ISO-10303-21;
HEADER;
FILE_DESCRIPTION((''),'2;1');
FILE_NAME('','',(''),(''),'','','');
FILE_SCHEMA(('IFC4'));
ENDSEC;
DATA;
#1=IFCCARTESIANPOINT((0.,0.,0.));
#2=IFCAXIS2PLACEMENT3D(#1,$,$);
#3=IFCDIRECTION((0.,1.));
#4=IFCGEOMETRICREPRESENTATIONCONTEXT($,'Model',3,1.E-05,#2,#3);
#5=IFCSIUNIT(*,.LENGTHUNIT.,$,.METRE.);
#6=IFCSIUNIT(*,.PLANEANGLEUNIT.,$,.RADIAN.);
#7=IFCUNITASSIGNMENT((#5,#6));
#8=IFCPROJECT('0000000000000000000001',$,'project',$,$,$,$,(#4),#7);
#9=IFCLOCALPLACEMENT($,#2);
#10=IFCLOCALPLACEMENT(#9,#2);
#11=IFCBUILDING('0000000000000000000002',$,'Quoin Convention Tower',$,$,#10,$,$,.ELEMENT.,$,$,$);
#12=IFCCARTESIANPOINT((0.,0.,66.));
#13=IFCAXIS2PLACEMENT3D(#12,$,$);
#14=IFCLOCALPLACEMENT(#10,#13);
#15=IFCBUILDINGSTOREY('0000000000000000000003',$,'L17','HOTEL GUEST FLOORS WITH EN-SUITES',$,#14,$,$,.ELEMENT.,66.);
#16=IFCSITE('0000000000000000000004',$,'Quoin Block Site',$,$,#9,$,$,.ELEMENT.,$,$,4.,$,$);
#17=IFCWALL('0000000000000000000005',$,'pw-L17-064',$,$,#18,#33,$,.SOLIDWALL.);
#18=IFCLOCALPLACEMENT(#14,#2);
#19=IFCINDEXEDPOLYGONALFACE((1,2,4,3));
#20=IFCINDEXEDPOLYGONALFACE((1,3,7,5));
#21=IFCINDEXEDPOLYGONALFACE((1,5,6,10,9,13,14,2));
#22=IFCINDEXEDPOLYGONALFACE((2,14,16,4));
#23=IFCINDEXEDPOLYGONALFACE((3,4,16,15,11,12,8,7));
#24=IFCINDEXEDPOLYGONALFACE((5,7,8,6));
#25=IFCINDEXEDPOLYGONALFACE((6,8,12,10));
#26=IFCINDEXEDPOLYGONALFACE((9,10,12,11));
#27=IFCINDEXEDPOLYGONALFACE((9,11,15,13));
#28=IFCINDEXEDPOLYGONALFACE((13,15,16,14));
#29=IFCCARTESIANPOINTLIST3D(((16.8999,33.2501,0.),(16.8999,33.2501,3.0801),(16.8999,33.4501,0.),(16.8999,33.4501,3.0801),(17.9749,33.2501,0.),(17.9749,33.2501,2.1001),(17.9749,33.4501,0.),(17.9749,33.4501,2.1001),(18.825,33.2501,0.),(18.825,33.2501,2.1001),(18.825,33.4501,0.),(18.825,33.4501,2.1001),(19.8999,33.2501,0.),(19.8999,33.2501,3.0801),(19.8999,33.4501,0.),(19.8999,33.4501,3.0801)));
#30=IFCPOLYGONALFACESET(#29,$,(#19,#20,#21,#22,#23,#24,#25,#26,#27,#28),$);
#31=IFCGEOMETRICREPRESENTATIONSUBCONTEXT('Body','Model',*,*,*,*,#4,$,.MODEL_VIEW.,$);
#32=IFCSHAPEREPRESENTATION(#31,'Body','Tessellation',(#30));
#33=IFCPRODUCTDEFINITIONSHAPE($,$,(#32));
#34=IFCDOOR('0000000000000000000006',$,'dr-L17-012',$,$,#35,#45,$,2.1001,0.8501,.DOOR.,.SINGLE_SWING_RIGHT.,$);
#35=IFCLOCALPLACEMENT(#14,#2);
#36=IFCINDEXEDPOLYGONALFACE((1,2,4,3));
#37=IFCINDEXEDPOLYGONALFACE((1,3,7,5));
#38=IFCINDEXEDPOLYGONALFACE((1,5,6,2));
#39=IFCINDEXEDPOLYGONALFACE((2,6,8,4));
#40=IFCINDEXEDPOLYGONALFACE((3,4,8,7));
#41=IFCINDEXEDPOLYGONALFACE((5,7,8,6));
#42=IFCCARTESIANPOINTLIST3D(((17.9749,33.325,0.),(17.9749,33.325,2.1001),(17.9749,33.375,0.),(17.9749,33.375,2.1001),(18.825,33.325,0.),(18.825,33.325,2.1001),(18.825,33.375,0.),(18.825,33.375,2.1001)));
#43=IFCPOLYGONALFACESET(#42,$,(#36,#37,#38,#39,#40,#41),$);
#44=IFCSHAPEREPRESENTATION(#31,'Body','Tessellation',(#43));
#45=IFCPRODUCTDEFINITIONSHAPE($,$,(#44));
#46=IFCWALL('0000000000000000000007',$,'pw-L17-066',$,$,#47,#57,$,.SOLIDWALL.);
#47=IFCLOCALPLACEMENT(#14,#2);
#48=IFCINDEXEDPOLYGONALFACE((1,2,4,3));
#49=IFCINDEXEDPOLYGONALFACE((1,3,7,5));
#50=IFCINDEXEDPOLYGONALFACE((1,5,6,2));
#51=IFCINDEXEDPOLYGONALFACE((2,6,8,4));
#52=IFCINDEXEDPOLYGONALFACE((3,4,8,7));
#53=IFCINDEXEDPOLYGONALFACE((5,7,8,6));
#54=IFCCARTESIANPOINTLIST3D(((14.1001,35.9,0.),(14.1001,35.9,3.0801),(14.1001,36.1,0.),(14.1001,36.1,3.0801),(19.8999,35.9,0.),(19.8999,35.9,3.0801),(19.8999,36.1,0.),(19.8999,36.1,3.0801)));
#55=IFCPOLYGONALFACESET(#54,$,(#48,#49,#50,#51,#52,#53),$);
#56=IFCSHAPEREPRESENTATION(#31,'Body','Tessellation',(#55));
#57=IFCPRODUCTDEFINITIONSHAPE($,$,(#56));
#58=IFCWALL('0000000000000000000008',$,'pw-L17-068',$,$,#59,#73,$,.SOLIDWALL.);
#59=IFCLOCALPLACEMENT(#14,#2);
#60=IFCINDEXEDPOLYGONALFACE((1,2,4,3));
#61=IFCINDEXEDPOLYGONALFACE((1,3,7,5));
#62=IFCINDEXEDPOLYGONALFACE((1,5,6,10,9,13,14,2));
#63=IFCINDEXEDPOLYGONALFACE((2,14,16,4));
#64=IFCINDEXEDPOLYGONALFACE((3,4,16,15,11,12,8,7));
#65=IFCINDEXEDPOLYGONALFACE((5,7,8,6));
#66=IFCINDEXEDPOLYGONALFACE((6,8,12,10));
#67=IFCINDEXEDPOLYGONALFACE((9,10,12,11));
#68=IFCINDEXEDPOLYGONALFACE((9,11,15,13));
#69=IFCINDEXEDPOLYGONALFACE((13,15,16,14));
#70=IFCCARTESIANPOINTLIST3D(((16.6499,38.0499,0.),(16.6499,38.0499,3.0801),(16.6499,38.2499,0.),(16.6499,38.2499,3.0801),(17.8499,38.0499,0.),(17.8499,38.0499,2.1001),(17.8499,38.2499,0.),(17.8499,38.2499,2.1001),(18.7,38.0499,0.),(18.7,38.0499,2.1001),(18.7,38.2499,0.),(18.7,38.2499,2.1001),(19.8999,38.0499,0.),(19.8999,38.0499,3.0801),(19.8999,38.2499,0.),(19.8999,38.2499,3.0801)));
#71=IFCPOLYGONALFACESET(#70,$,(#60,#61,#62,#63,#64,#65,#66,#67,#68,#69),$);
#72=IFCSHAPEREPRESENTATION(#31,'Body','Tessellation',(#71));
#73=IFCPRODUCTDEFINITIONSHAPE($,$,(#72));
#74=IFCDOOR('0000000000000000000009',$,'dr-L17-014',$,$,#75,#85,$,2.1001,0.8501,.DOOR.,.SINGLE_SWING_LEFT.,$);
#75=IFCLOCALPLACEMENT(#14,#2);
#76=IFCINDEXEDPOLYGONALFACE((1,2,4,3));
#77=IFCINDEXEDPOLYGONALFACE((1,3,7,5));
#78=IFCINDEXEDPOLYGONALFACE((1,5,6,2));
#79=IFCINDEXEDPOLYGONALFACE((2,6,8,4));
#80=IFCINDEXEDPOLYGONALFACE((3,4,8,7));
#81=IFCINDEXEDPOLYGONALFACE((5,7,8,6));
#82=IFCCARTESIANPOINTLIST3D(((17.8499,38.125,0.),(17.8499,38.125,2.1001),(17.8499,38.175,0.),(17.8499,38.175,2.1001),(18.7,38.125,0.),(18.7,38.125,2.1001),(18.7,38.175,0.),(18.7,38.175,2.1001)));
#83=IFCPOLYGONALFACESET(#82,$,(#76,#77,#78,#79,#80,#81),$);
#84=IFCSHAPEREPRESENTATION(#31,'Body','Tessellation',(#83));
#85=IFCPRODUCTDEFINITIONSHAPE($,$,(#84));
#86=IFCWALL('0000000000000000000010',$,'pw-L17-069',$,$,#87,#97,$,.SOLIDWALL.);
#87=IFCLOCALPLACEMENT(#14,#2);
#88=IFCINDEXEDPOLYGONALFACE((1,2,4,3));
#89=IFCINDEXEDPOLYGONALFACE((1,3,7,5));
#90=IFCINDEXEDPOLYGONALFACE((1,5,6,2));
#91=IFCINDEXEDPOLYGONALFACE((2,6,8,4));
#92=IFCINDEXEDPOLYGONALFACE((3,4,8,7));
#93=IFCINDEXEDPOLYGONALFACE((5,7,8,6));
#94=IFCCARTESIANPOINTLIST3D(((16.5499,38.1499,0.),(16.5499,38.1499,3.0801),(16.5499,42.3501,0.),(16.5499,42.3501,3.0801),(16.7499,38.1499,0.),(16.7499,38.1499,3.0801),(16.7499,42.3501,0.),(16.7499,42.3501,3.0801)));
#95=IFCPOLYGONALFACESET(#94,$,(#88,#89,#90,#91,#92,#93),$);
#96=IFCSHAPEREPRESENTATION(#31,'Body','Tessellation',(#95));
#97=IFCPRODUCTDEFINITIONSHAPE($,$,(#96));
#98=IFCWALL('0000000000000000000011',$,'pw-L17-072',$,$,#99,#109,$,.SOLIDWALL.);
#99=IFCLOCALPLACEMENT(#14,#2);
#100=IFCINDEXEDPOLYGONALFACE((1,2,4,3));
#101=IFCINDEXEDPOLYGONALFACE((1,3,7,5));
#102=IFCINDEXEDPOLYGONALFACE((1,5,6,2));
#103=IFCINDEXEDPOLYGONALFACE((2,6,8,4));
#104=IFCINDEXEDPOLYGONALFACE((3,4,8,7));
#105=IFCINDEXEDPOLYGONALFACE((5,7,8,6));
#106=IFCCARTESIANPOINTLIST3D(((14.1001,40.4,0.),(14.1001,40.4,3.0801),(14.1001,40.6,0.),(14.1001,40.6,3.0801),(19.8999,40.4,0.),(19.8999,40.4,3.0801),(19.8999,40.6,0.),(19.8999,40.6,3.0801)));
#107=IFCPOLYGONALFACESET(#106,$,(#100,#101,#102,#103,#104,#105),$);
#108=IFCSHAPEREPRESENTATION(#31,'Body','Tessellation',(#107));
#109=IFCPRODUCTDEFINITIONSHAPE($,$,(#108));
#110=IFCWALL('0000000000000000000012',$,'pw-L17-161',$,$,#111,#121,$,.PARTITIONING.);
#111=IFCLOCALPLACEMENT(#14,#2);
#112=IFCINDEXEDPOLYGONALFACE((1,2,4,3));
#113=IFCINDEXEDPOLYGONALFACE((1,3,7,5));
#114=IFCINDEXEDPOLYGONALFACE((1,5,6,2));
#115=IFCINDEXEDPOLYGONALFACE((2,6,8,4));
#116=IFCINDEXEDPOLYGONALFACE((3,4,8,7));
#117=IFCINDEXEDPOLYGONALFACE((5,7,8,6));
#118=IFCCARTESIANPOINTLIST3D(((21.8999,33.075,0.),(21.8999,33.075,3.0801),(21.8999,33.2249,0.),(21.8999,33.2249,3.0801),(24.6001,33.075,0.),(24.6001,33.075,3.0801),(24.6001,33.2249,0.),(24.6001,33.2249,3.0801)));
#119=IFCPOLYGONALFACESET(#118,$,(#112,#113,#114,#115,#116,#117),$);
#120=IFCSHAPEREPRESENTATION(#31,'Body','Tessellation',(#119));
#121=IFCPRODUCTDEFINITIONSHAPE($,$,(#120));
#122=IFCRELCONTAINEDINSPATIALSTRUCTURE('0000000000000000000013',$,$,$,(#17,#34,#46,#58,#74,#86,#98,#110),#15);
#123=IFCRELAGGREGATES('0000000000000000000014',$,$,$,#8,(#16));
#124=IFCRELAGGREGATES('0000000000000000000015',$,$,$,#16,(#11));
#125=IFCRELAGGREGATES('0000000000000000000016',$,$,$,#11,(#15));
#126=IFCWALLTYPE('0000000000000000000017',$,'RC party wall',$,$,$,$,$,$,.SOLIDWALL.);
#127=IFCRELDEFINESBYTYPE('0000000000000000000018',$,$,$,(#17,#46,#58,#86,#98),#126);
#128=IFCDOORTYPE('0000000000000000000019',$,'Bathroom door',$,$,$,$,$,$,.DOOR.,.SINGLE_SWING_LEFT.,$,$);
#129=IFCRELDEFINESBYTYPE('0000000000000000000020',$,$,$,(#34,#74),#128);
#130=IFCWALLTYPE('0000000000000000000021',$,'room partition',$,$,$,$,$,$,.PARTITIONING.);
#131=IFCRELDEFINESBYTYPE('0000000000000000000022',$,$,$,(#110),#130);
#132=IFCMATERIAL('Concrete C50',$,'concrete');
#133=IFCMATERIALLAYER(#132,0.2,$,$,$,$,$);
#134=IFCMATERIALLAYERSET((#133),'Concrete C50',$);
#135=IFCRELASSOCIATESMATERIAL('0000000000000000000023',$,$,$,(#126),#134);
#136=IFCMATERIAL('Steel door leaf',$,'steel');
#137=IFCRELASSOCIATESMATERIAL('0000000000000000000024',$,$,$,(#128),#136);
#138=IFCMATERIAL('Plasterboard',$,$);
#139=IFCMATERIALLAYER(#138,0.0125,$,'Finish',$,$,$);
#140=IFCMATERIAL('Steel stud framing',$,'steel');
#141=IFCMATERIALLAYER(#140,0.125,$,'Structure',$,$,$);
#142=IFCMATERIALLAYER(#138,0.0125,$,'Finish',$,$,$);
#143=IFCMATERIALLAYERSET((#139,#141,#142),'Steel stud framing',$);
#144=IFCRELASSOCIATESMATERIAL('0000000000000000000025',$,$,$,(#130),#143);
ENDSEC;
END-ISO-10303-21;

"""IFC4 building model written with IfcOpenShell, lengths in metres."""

from ifc_helpers import new_model, si_unit, direction, frame, frame_2d, origin, place, context, subcontext, project, spatial, rectangle, extrude, material, layer, layer_set, type_object, element, fill, save


model = new_model("IFC4")

# Units and contexts
model_context = context("Model", 3, precision=1e-05, world=origin(), true_north=direction((0.0, 1.0)))
body_context = subcontext(model_context, "Body", "Model", "MODEL_VIEW")
ifc_project = project(units=[si_unit("LENGTHUNIT", "METRE"), si_unit("PLANEANGLEUNIT", "RADIAN")], contexts=[model_context])

# Site, building, storey
site_placement = place(None, origin())
site = spatial("IfcSite", under=ifc_project, at=site_placement, Name="Quoin Block Site", CompositionType="ELEMENT", RefElevation=4.0)
building_placement = place(site_placement, origin())
building = spatial("IfcBuilding", under=site, at=building_placement, Name="Quoin Convention Tower", CompositionType="ELEMENT")
storey_placement = place(building_placement, frame((0.0, 0.0, 66.0)))
storey = spatial("IfcBuildingStorey", under=building, at=storey_placement, Name="L17", Description="HOTEL GUEST FLOORS WITH EN-SUITES", CompositionType="ELEMENT", Elevation=66.0)

# Shared definitions
ifc_material_1 = material(Name="Concrete C50", Category="concrete")
ifc_layer_1 = layer(ifc_material_1, 0.2)
ifc_layer_set_1 = layer_set([ifc_layer_1], Name="Concrete C50")
wall_type_1 = type_object("IfcWallType", Name="RC party wall", PredefinedType="SOLIDWALL", material=ifc_layer_set_1)

# Wall, opening, door
wall_1_placement = place(storey_placement, frame((16.8999, 33.3501, 0.0), z_axis=(0.0, 0.0, 1.0), x_axis=(1.0, 0.0, 0.0)))
wall_1 = element("IfcWall", 1, at=wall_1_placement, inside=storey, type_object=wall_type_1, Name="pw-L17-064", PredefinedType="SOLIDWALL", context=body_context, shape_type="SweptSolid", body=[
    extrude(rectangle(XDim=3.0, YDim=0.2, at=frame_2d((1.5, 0.0))), origin(), (0.0, 0.0, 1.0), 3.0801),
])
opening_1_placement = place(wall_1_placement, frame((1.075, 0.0, 0.0)))
opening_1 = element("IfcOpeningElement", 2, at=opening_1_placement, cuts=wall_1, PredefinedType="OPENING", context=body_context, shape_type="SweptSolid", body=[
    extrude(rectangle(XDim=0.8501, YDim=2.1001, at=frame_2d((0.425, 1.05))), frame((0.0, 0.1099, 0.0), z_axis=(0.0, -1.0, 0.0), x_axis=(1.0, 0.0, 0.0)), (0.0, 0.0, 1.0), 0.22),
])
ifc_material_2 = material(Name="Steel door leaf", Category="steel")
door_type = type_object("IfcDoorType", Name="Bathroom door", OperationType="SINGLE_SWING_LEFT", PredefinedType="DOOR", material=ifc_material_2)
door_1_placement = place(opening_1_placement, origin())
door_1 = element("IfcDoor", 3, at=door_1_placement, inside=storey, type_object=door_type, Name="dr-L17-012", OperationType="SINGLE_SWING_RIGHT", OverallHeight=2.1001, OverallWidth=0.8501, PredefinedType="DOOR", context=body_context, shape_type="SweptSolid", body=[
    extrude(rectangle(XDim=0.8501, YDim=2.1001, at=frame_2d((0.425, 1.05))), frame((0.0, 0.0249, 0.0), z_axis=(0.0, -1.0, 0.0), x_axis=(1.0, 0.0, 0.0)), (0.0, 0.0, 1.0), 0.05),
])
fill(opening_1, door_1)

# Wall
wall_2_placement = place(storey_placement, frame((14.1001, 36.0, 0.0), z_axis=(0.0, 0.0, 1.0), x_axis=(1.0, 0.0, 0.0)))
element("IfcWall", 4, at=wall_2_placement, inside=storey, type_object=wall_type_1, Name="pw-L17-066", PredefinedType="SOLIDWALL", context=body_context, shape_type="SweptSolid", body=[
    extrude(rectangle(XDim=5.7998, YDim=0.2, at=frame_2d((2.8999, 0.0))), origin(), (0.0, 0.0, 1.0), 3.0801),
])

# Wall, opening, door
wall_3_placement = place(storey_placement, frame((16.6499, 38.1499, 0.0), z_axis=(0.0, 0.0, 1.0), x_axis=(1.0, 0.0, 0.0)))
wall_3 = element("IfcWall", 5, at=wall_3_placement, inside=storey, type_object=wall_type_1, Name="pw-L17-068", PredefinedType="SOLIDWALL", context=body_context, shape_type="SweptSolid", body=[
    extrude(rectangle(XDim=3.25, YDim=0.2, at=frame_2d((1.625, 0.0))), origin(), (0.0, 0.0, 1.0), 3.0801),
])
opening_2_placement = place(wall_3_placement, frame((1.2, 0.0, 0.0)))
opening_2 = element("IfcOpeningElement", 6, at=opening_2_placement, cuts=wall_3, PredefinedType="OPENING", context=body_context, shape_type="SweptSolid", body=[
    extrude(rectangle(XDim=0.8501, YDim=2.1001, at=frame_2d((0.425, 1.05))), frame((0.0, 0.1099, 0.0), z_axis=(0.0, -1.0, 0.0), x_axis=(1.0, 0.0, 0.0)), (0.0, 0.0, 1.0), 0.22),
])
door_2_placement = place(opening_2_placement, frame((0.8501, 0.0, 0.0), z_axis=(0.0, 0.0, 1.0), x_axis=(-1.0, 0.0, 0.0)))
door_2 = element("IfcDoor", 7, at=door_2_placement, inside=storey, type_object=door_type, Name="dr-L17-014", OperationType="SINGLE_SWING_LEFT", OverallHeight=2.1001, OverallWidth=0.8501, PredefinedType="DOOR", context=body_context, shape_type="SweptSolid", body=[
    extrude(rectangle(XDim=0.8501, YDim=2.1001, at=frame_2d((0.425, 1.05))), frame((0.0, 0.0249, 0.0), z_axis=(0.0, -1.0, 0.0), x_axis=(1.0, 0.0, 0.0)), (0.0, 0.0, 1.0), 0.05),
])
fill(opening_2, door_2)

# Walls
wall_4_placement = place(storey_placement, frame((16.6499, 38.1499, 0.0), z_axis=(0.0, 0.0, 1.0), x_axis=(0.0, 1.0, 0.0)))
element("IfcWall", 8, at=wall_4_placement, inside=storey, type_object=wall_type_1, Name="pw-L17-069", PredefinedType="SOLIDWALL", context=body_context, shape_type="SweptSolid", body=[
    extrude(rectangle(XDim=4.2002, YDim=0.2, at=frame_2d((2.1001, 0.0))), origin(), (0.0, 0.0, 1.0), 3.0801),
])
wall_5_placement = place(storey_placement, frame((14.1001, 40.5, 0.0), z_axis=(0.0, 0.0, 1.0), x_axis=(1.0, 0.0, 0.0)))
element("IfcWall", 9, at=wall_5_placement, inside=storey, type_object=wall_type_1, Name="pw-L17-072", PredefinedType="SOLIDWALL", context=body_context, shape_type="SweptSolid", body=[
    extrude(rectangle(XDim=5.7998, YDim=0.2, at=frame_2d((2.8999, 0.0))), origin(), (0.0, 0.0, 1.0), 3.0801),
])
ifc_material_3 = material(Name="Plasterboard")
ifc_layer_2 = layer(ifc_material_3, 0.0125, Name="Finish")
ifc_material_4 = material(Name="Steel stud framing", Category="steel")
ifc_layer_3 = layer(ifc_material_4, 0.125, Name="Structure")
ifc_layer_4 = layer(ifc_material_3, 0.0125, Name="Finish")
ifc_layer_set_2 = layer_set([ifc_layer_2, ifc_layer_3, ifc_layer_4], Name="Steel stud framing")
wall_type_2 = type_object("IfcWallType", Name="room partition", PredefinedType="PARTITIONING", material=ifc_layer_set_2)
wall_6_placement = place(storey_placement, frame((21.8999, 33.1499, 0.0), z_axis=(0.0, 0.0, 1.0), x_axis=(1.0, 0.0, 0.0)))
element("IfcWall", 10, at=wall_6_placement, inside=storey, type_object=wall_type_2, Name="pw-L17-161", PredefinedType="PARTITIONING", context=body_context, shape_type="SweptSolid", body=[
    extrude(rectangle(XDim=2.7002, YDim=0.1499, at=frame_2d((1.3501, 0.0))), origin(), (0.0, 0.0, 1.0), 3.0801),
])

save(model, "model.ifc")
